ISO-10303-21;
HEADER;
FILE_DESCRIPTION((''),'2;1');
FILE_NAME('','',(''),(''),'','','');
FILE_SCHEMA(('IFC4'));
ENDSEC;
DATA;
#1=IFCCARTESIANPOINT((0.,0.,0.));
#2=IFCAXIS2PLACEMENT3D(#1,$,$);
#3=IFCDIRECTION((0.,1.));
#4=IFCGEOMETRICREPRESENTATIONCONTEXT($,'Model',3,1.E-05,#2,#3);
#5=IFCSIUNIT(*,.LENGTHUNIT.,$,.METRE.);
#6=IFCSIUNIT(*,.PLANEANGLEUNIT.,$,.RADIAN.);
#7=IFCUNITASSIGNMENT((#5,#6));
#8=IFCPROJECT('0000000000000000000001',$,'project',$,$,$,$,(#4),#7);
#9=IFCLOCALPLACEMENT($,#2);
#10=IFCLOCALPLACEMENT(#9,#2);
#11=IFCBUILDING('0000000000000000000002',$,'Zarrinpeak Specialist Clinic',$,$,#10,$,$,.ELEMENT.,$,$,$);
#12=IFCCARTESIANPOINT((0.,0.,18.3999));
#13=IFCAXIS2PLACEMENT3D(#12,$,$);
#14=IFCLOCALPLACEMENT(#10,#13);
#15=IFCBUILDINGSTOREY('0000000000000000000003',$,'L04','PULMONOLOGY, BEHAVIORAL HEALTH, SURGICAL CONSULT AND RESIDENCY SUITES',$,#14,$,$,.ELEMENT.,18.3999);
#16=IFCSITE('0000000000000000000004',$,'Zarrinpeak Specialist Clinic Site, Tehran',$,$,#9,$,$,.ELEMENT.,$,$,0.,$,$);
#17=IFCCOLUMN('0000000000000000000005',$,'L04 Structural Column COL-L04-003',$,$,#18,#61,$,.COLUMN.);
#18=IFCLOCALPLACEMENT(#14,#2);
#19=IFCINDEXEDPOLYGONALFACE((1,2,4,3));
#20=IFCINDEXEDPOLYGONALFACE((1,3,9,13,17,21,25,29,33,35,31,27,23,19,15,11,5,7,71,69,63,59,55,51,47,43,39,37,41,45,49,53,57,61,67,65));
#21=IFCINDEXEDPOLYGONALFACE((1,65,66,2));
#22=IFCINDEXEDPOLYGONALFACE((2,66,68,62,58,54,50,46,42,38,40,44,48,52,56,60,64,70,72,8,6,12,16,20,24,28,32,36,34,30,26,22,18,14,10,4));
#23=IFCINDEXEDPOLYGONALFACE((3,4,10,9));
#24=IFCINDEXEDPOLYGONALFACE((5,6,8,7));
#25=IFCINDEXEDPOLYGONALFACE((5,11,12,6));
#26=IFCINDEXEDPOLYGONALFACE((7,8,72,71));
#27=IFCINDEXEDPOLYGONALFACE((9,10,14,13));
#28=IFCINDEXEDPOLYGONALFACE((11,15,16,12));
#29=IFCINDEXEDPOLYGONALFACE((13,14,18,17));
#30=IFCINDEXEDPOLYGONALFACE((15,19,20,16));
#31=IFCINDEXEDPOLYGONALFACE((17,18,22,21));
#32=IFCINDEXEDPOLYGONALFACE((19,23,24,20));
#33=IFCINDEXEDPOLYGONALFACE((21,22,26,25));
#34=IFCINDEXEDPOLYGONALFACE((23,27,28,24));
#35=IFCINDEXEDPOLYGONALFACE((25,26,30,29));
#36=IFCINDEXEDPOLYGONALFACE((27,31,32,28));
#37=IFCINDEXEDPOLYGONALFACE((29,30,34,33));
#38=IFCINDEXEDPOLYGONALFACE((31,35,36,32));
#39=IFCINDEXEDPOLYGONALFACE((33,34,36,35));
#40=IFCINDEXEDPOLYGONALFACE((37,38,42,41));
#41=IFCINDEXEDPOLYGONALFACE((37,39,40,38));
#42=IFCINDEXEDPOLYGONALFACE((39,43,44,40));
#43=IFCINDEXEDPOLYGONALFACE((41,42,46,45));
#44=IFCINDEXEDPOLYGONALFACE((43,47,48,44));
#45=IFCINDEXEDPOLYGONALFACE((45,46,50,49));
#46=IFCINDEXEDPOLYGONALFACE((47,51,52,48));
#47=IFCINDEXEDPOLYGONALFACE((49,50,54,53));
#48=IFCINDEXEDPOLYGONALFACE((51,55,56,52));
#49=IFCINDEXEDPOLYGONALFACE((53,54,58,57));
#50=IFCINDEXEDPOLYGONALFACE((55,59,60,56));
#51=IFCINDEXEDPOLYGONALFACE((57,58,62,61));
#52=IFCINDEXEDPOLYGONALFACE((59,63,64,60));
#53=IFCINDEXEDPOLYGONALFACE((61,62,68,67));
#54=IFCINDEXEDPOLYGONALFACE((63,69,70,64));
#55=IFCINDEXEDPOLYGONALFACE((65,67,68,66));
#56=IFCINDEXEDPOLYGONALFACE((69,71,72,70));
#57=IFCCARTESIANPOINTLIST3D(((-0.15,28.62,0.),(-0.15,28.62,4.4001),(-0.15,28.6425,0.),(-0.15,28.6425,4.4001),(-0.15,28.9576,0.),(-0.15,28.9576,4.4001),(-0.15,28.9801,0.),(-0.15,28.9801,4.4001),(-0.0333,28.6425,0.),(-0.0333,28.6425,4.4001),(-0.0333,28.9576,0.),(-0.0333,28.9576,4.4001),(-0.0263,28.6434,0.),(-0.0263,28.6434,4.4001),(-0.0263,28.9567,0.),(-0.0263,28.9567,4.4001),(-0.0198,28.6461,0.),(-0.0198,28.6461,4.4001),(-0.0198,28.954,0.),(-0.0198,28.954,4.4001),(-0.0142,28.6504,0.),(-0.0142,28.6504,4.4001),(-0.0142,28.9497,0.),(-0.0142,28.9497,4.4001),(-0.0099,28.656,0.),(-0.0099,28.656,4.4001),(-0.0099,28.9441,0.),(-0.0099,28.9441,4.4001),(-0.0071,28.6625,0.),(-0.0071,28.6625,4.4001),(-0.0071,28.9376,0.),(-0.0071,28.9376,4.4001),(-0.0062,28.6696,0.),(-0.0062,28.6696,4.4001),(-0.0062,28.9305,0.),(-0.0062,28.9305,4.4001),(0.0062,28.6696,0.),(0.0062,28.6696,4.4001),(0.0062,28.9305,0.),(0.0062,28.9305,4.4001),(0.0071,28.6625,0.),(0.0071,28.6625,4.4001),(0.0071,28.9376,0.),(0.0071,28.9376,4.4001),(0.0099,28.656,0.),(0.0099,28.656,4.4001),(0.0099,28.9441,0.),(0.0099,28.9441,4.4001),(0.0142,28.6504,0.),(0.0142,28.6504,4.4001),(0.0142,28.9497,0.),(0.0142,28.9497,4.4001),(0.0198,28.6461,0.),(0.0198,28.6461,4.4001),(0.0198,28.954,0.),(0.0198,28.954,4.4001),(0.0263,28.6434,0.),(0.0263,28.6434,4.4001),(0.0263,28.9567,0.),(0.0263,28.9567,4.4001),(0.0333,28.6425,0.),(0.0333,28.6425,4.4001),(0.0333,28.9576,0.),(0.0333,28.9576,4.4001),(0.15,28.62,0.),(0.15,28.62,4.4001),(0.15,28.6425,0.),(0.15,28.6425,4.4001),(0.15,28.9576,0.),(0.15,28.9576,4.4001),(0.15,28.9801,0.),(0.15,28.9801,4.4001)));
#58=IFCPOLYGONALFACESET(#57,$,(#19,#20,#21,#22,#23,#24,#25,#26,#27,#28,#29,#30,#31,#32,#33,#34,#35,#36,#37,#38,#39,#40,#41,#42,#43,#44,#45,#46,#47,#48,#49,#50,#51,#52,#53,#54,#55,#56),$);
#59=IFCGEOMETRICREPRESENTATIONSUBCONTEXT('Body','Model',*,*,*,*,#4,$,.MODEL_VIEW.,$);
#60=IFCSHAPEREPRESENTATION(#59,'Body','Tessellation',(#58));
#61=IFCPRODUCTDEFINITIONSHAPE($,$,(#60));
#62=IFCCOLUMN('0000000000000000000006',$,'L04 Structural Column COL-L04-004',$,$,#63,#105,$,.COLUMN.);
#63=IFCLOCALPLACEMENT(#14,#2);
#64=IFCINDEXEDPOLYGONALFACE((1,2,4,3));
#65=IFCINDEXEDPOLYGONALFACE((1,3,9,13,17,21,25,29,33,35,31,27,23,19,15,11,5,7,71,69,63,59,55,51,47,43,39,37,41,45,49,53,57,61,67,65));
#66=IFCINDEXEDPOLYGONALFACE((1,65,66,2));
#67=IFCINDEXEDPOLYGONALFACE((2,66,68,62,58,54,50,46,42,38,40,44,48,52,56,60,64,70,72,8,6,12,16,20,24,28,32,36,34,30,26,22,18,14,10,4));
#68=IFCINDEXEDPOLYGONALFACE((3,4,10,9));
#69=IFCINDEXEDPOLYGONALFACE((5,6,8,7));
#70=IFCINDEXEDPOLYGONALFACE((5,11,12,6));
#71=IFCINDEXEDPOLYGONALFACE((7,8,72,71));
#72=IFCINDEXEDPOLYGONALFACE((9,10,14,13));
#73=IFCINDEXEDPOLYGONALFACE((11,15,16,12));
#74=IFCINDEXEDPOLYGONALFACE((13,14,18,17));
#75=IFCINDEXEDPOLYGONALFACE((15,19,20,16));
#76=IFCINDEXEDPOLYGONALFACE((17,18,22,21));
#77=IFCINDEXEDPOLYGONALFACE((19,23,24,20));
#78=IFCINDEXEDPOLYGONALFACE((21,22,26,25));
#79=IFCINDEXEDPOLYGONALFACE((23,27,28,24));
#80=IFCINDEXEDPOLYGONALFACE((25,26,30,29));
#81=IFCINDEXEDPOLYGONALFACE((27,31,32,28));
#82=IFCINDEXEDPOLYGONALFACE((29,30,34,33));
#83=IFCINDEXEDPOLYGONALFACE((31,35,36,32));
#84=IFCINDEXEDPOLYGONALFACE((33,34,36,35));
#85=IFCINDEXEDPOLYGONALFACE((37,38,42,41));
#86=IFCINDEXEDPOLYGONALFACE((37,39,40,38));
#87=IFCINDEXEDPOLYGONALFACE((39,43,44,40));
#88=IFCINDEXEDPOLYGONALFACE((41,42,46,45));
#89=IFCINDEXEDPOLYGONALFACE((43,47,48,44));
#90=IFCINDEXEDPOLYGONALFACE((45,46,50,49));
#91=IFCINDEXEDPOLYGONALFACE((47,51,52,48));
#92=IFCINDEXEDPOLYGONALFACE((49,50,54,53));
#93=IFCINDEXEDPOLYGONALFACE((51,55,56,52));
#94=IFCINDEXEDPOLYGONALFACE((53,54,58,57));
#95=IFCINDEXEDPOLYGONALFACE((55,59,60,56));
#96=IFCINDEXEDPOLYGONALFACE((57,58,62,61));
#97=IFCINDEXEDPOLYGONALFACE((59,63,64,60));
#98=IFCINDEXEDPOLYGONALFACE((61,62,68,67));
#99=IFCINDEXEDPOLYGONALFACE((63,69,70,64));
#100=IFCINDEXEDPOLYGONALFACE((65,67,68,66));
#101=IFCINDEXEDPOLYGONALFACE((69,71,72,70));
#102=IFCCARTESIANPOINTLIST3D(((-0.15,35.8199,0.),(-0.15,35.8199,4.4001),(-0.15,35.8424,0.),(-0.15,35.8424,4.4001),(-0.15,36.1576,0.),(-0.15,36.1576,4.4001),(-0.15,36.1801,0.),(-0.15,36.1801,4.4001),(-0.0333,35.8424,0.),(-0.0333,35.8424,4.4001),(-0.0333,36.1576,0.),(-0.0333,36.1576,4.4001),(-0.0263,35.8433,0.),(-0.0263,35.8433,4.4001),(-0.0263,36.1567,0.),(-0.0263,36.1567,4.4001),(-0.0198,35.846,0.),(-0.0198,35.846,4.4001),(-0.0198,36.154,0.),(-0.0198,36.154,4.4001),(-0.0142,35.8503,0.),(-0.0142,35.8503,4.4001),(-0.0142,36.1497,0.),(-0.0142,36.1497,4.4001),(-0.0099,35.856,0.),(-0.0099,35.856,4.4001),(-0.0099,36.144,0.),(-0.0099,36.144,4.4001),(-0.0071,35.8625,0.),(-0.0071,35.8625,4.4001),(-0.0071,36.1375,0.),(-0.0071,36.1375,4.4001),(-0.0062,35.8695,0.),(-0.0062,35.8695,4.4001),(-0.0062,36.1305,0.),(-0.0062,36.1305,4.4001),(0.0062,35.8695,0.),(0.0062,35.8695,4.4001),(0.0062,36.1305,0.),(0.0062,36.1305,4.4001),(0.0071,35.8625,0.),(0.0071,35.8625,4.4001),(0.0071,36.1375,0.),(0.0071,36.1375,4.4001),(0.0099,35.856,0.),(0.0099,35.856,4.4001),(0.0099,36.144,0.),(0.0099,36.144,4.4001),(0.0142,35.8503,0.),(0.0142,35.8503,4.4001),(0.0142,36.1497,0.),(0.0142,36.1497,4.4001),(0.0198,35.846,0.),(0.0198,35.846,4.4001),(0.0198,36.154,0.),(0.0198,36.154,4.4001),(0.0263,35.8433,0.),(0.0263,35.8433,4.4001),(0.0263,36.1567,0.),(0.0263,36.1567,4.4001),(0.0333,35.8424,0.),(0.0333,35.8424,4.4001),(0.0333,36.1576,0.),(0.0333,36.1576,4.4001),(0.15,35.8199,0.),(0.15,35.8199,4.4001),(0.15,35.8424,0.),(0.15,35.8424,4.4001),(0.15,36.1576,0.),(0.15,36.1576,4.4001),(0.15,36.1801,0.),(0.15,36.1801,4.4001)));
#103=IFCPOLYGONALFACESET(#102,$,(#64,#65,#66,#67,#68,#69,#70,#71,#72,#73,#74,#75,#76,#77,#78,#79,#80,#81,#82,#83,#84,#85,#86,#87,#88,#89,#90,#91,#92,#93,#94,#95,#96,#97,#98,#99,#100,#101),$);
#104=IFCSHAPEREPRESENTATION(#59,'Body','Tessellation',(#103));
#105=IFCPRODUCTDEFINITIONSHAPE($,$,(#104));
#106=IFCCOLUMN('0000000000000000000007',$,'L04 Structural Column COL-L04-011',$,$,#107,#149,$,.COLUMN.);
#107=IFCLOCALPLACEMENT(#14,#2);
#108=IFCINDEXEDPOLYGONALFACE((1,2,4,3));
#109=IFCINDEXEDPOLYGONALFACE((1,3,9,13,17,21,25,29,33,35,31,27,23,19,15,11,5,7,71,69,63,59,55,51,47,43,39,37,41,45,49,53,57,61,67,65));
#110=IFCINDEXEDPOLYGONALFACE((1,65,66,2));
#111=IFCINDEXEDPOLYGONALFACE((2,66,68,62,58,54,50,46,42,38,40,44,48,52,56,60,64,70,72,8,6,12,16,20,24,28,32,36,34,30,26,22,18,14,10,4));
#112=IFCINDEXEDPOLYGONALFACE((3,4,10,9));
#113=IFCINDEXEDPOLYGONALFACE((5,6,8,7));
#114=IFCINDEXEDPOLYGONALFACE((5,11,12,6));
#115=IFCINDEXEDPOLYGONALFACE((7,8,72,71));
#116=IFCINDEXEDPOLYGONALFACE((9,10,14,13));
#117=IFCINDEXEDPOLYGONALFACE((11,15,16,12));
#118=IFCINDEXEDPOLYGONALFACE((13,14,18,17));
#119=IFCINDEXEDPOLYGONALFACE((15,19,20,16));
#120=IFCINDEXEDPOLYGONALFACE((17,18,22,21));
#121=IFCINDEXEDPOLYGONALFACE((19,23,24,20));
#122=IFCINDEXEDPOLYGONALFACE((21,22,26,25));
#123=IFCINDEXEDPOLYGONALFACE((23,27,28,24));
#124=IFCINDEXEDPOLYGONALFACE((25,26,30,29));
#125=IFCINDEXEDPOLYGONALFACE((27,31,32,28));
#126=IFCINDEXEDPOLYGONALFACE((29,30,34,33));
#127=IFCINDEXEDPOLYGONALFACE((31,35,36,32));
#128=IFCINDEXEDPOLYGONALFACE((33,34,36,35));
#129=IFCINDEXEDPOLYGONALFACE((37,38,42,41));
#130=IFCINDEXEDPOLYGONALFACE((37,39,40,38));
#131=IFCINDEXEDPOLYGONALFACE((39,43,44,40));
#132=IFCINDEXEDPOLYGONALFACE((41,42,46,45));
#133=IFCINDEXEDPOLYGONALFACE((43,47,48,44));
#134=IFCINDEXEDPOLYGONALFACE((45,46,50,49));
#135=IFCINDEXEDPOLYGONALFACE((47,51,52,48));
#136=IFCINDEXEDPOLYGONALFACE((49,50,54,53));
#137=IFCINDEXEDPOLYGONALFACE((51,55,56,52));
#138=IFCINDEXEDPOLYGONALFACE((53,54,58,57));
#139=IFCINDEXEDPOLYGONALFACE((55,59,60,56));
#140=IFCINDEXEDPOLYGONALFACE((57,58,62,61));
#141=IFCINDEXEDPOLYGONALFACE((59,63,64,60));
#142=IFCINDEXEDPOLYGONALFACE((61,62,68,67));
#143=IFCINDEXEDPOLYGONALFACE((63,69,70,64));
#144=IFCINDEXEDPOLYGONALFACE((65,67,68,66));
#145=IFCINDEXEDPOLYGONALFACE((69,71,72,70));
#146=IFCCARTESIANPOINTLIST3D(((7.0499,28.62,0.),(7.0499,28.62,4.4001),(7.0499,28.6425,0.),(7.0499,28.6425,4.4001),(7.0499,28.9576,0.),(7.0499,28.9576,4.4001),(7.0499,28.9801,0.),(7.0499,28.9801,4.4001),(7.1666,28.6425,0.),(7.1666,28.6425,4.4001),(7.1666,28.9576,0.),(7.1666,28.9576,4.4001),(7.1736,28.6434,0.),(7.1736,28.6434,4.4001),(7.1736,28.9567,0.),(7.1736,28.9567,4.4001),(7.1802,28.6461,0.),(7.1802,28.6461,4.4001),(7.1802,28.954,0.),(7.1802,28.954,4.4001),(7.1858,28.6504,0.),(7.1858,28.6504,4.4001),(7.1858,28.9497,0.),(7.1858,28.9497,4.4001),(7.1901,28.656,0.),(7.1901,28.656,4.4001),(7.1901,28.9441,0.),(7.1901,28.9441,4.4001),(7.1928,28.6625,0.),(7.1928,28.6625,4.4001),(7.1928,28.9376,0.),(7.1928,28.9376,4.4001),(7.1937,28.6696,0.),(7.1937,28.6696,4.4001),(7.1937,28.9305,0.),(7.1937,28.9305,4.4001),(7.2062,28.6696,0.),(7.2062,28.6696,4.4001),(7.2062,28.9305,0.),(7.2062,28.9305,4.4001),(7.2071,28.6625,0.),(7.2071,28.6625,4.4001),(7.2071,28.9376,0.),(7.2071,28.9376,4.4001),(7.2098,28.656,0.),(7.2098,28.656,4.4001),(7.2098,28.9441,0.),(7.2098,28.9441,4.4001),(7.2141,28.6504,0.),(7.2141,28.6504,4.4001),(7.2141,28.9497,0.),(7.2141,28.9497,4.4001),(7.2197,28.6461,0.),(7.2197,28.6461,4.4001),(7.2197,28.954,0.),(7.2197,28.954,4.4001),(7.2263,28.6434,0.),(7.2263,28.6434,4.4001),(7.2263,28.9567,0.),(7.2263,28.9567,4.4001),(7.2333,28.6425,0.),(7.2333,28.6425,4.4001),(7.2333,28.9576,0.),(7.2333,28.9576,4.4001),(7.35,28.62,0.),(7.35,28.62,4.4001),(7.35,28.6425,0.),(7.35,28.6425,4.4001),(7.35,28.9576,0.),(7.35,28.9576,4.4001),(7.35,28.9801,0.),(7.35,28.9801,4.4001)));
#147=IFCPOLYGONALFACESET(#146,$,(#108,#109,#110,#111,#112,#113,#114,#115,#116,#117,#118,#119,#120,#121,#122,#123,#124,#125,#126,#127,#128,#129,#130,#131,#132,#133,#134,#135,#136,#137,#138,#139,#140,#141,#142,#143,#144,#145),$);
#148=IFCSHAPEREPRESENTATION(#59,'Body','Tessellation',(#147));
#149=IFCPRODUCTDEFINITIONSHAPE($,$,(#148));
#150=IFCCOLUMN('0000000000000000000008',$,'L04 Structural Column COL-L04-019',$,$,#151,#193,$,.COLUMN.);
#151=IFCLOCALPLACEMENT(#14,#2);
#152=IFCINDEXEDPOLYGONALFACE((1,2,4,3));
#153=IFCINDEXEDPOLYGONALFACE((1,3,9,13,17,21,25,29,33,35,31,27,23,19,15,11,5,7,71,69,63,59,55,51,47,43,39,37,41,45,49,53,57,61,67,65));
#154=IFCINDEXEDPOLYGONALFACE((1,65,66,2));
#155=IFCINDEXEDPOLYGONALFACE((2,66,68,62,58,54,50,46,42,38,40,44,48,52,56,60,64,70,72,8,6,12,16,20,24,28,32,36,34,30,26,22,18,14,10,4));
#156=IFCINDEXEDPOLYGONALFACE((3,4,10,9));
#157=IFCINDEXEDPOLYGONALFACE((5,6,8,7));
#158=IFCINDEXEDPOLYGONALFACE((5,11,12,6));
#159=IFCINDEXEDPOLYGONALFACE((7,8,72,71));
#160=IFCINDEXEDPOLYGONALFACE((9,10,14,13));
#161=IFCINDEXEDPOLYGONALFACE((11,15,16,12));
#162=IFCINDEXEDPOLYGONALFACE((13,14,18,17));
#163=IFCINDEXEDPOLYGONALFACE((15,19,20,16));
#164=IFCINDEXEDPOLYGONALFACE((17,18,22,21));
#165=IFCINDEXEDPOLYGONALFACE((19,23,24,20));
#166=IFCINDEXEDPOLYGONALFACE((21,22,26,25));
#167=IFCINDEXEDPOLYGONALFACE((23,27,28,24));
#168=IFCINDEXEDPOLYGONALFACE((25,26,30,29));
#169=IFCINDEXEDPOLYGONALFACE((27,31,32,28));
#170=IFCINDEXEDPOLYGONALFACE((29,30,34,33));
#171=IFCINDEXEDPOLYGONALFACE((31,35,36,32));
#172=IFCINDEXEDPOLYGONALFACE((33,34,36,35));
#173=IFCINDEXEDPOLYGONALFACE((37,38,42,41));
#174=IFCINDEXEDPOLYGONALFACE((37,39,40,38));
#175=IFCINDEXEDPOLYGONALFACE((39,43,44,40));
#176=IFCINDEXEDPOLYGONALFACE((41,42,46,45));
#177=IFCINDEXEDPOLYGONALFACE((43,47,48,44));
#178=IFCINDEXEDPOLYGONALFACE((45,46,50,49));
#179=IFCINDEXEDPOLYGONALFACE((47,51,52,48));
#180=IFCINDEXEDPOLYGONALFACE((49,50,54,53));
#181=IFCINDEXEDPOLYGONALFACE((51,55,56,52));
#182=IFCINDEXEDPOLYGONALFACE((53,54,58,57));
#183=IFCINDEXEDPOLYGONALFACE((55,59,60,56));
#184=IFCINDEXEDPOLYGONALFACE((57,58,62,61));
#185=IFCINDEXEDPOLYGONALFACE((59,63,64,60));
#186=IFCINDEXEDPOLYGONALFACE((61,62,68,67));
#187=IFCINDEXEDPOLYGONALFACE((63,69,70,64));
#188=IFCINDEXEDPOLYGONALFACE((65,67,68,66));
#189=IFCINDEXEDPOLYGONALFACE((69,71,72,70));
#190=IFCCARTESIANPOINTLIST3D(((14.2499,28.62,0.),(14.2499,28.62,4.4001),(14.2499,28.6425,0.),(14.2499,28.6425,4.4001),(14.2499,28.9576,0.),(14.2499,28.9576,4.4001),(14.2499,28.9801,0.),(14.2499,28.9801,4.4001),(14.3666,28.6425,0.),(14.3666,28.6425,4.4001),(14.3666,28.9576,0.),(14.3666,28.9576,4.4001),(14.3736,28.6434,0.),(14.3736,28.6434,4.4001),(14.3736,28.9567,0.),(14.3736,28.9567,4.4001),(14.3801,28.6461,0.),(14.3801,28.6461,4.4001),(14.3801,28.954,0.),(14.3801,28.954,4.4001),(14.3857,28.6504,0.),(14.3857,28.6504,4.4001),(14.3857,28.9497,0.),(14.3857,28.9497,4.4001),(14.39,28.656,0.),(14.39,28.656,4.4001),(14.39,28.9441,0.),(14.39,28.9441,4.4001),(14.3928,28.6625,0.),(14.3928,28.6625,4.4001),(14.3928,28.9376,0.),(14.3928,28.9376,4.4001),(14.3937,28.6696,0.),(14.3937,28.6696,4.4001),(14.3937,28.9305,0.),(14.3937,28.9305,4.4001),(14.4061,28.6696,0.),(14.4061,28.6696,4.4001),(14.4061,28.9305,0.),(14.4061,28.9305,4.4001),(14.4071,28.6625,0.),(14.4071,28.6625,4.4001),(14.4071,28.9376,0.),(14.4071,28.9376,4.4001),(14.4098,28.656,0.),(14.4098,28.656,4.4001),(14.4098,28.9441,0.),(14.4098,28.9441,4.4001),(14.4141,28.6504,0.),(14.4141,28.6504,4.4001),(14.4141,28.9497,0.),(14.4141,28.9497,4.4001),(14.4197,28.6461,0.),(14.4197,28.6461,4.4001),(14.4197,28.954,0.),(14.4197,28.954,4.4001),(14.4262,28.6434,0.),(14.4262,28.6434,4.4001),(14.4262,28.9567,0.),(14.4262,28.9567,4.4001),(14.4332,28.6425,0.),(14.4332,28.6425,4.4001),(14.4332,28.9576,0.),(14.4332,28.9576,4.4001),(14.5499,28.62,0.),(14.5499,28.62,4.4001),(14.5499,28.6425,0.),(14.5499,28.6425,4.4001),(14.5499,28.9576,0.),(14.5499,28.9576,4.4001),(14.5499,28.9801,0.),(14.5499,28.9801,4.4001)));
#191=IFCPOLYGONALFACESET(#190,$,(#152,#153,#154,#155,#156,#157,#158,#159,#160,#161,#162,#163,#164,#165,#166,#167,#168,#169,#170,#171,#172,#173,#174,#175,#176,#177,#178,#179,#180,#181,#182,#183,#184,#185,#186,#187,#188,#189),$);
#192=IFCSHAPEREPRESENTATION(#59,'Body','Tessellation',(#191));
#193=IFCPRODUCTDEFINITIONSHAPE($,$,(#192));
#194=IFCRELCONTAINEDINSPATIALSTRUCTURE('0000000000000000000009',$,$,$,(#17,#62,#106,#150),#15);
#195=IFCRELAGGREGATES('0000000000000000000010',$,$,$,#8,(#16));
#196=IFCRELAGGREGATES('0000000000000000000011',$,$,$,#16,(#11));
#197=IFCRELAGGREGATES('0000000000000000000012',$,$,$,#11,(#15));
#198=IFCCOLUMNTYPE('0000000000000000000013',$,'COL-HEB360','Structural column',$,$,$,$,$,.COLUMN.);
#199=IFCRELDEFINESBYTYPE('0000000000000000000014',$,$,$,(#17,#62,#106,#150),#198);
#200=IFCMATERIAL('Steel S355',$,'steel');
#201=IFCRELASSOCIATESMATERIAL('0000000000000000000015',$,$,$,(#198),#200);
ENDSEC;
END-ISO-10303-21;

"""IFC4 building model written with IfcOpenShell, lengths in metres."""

from ifc_helpers import new_model, si_unit, direction, frame, origin, origin_2d, place, context, subcontext, project, spatial, i_section, extrude, material, material_profile, profile_set, type_object, element, save


model = new_model("IFC4")

# Units and contexts
model_context = context("Model", 3, precision=1e-05, world=origin(), true_north=direction((0.0, 1.0)))
body_context = subcontext(model_context, "Body", "Model", "MODEL_VIEW")
ifc_project = project(units=[si_unit("LENGTHUNIT", "METRE"), si_unit("PLANEANGLEUNIT", "RADIAN")], contexts=[model_context])

# Site, building, storey
site_placement = place(None, origin())
site = spatial("IfcSite", under=ifc_project, at=site_placement, Name="Zarrinpeak Specialist Clinic Site, Tehran", CompositionType="ELEMENT", RefElevation=0.0)
building_placement = place(site_placement, origin())
building = spatial("IfcBuilding", under=site, at=building_placement, Name="Zarrinpeak Specialist Clinic", CompositionType="ELEMENT")
storey_placement = place(building_placement, frame((0.0, 0.0, 18.3999)))
storey = spatial("IfcBuildingStorey", under=building, at=storey_placement, Name="L04", Description="PULMONOLOGY, BEHAVIORAL HEALTH, SURGICAL CONSULT AND RESIDENCY SUITES", CompositionType="ELEMENT", Elevation=18.3999)

# Columns
ifc_material_1 = material(Name="Steel S355", Category="steel")
ifc_material_profile_1 = material_profile(ifc_material_1, i_section(OverallWidth=0.3, OverallDepth=0.3601, WebThickness=0.0125, FlangeThickness=0.0225, FilletRadius=0.0271, at=origin_2d()), Name="HEB 360")
ifc_profile_set_1 = profile_set([ifc_material_profile_1], Name="Steel S355")
column_type = type_object("IfcColumnType", Name="COL-HEB360", Description="Structural column", PredefinedType="COLUMN", material=ifc_profile_set_1)
for number, where, z_axis, x_axis, name in (
    (1, (0.0, 28.8, 0.0), (0.0, 0.0, 1.0), (1.0, 0.0, 0.0), "L04 Structural Column COL-L04-003"),
    (2, (0.0, 36.0, 0.0), (0.0, 0.0, 1.0), (1.0, 0.0, 0.0), "L04 Structural Column COL-L04-004"),
    (3, (7.2, 28.8, 0.0), (0.0, 0.0, 1.0), (1.0, 0.0, 0.0), "L04 Structural Column COL-L04-011"),
    (4, (14.3999, 28.8, 0.0), (0.0, 0.0, 1.0), (1.0, 0.0, 0.0), "L04 Structural Column COL-L04-019"),
):
    element("IfcColumn", number, at=place(storey_placement, frame(where, z_axis=z_axis, x_axis=x_axis)), inside=storey, type_object=column_type, Name=name, PredefinedType="COLUMN", context=body_context, shape_type="SweptSolid", body=[
        extrude(i_section(OverallWidth=0.3, OverallDepth=0.3601, WebThickness=0.0125, FlangeThickness=0.0225, FilletRadius=0.0271, at=origin_2d()), origin(), (0.0, 0.0, 1.0), 4.4001),
    ])

save(model, "model.ifc")
